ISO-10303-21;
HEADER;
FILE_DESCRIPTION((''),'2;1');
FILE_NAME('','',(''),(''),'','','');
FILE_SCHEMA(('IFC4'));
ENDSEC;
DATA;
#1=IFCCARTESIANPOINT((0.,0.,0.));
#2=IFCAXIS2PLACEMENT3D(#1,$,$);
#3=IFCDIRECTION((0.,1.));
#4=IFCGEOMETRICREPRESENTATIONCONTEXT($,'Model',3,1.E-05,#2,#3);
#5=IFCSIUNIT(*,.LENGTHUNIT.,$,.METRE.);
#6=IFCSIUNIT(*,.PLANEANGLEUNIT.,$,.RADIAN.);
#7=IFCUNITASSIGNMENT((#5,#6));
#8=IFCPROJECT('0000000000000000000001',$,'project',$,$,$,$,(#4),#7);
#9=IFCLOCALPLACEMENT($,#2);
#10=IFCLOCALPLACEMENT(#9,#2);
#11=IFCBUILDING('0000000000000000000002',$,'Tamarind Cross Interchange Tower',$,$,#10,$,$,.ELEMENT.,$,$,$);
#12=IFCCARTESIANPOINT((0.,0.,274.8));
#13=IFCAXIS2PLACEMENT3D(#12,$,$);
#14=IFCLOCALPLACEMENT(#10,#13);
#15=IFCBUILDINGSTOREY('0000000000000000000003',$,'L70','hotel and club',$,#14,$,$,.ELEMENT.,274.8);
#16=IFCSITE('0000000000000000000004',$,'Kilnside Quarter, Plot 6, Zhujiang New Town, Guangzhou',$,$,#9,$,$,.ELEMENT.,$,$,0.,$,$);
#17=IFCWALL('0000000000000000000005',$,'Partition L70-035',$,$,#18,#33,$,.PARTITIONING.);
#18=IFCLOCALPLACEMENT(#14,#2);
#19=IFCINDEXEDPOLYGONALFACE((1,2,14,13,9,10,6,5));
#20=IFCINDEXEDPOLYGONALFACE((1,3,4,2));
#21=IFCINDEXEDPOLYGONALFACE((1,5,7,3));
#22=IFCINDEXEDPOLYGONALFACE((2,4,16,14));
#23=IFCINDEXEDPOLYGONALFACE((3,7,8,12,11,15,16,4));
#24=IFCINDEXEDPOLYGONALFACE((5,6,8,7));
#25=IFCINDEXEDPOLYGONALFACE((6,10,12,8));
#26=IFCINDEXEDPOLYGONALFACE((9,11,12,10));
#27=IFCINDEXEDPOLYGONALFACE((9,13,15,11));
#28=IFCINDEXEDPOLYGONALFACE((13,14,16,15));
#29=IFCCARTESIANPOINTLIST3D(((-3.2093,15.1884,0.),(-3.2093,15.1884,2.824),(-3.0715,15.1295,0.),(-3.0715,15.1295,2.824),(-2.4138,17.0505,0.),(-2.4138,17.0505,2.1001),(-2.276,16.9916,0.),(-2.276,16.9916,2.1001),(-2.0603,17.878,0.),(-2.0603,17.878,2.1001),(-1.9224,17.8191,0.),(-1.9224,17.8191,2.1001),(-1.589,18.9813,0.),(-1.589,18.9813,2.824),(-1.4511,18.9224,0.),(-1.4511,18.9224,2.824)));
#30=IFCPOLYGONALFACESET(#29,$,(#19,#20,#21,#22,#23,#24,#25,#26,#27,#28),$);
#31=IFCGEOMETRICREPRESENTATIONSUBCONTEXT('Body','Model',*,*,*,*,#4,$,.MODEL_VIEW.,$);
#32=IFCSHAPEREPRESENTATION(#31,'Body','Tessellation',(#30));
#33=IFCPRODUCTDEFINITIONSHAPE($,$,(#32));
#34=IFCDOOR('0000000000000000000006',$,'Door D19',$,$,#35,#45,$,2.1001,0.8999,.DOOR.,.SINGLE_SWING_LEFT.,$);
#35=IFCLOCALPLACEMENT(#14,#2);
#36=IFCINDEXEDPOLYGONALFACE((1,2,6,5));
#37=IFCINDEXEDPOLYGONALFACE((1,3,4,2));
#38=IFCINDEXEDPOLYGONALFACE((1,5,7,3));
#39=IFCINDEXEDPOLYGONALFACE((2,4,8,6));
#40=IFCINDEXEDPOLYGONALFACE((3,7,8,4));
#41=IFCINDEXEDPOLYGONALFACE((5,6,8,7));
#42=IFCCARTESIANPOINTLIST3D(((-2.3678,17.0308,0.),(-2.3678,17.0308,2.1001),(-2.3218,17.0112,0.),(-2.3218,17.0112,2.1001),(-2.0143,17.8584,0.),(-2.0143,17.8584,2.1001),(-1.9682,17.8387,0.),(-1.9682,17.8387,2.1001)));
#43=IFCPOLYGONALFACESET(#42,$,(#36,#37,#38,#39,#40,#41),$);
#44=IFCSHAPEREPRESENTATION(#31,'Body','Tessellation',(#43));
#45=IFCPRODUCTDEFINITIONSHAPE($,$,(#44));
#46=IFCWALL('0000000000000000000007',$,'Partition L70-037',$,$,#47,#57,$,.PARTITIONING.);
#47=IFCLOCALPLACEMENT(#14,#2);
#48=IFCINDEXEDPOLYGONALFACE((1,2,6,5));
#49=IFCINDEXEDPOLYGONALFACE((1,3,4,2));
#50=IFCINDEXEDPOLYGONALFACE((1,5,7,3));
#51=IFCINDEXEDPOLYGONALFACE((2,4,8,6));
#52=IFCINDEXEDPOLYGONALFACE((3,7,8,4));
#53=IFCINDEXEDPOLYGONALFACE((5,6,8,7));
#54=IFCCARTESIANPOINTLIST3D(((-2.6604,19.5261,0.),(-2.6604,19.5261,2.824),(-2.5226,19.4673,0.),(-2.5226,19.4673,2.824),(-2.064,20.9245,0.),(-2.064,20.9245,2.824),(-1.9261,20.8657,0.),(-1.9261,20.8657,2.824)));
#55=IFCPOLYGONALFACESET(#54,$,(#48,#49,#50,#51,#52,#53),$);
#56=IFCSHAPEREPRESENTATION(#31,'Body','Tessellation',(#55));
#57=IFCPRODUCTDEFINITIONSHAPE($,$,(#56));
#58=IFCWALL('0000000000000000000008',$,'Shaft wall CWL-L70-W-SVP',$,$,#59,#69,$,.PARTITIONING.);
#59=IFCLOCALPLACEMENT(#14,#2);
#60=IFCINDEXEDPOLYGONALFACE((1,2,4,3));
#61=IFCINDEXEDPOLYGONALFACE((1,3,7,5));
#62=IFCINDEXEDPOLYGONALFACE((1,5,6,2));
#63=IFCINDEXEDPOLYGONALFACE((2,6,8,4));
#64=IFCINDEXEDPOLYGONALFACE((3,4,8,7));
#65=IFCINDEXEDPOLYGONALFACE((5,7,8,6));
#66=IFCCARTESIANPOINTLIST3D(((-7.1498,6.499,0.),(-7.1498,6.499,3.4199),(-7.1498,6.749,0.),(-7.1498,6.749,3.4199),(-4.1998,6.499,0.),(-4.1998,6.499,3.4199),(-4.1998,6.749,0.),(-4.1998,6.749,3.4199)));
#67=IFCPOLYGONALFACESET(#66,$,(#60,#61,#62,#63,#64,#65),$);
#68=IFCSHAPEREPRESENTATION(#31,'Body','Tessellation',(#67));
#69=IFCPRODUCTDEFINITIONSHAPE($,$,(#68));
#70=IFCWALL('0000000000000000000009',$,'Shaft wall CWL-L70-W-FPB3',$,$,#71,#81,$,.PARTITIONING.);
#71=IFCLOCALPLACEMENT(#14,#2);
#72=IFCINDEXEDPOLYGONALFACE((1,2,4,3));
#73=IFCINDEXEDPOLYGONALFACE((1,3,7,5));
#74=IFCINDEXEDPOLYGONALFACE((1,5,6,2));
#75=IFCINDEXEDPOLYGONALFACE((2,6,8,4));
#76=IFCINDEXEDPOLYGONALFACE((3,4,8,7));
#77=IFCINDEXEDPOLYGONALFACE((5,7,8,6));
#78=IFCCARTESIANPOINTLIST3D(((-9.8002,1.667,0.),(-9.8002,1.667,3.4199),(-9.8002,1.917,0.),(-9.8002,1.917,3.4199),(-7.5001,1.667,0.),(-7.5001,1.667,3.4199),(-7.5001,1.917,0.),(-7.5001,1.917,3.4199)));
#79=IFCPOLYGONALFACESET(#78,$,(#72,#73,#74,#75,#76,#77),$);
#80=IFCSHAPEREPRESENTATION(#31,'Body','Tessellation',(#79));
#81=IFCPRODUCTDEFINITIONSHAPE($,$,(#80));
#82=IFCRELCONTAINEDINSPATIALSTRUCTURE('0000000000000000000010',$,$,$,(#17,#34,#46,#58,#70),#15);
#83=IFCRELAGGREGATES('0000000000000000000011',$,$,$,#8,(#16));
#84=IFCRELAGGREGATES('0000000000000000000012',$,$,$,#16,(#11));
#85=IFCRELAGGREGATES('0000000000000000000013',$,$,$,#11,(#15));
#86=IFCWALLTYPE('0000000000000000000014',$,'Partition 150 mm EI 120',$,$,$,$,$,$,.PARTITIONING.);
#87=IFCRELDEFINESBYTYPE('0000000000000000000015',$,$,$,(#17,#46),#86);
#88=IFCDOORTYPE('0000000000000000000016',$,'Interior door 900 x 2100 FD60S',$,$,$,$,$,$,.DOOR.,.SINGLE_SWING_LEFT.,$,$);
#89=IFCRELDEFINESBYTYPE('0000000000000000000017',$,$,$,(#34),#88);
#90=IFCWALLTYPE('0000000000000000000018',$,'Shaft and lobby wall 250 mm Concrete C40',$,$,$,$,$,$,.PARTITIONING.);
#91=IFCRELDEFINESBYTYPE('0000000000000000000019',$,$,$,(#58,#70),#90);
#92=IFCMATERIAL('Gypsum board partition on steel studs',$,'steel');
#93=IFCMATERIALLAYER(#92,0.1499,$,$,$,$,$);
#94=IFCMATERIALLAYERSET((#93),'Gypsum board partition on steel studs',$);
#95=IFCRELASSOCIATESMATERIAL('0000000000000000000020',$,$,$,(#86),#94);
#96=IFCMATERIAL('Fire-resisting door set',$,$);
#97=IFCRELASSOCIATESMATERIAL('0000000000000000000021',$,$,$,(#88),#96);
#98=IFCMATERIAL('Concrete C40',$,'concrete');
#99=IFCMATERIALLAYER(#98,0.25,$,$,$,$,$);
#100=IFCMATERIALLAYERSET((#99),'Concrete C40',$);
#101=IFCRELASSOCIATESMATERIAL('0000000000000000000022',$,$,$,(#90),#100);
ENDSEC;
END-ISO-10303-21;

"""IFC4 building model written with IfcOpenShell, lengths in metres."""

from ifc_helpers import new_model, si_unit, direction, frame, frame_2d, origin, place, context, subcontext, project, spatial, rectangle, extrude, material, layer, layer_set, type_object, element, fill, save


model = new_model("IFC4")

# Units and contexts
model_context = context("Model", 3, precision=1e-05, world=origin(), true_north=direction((0.0, 1.0)))
body_context = subcontext(model_context, "Body", "Model", "MODEL_VIEW")
ifc_project = project(units=[si_unit("LENGTHUNIT", "METRE"), si_unit("PLANEANGLEUNIT", "RADIAN")], contexts=[model_context])

# Site, building, storey
site_placement = place(None, origin())
site = spatial("IfcSite", under=ifc_project, at=site_placement, Name="Kilnside Quarter, Plot 6, Zhujiang New Town, Guangzhou", CompositionType="ELEMENT", RefElevation=0.0)
building_placement = place(site_placement, origin())
building = spatial("IfcBuilding", under=site, at=building_placement, Name="Tamarind Cross Interchange Tower", CompositionType="ELEMENT")
storey_placement = place(building_placement, frame((0.0, 0.0, 274.8)))
storey = spatial("IfcBuildingStorey", under=building, at=storey_placement, Name="L70", Description="hotel and club", CompositionType="ELEMENT", Elevation=274.8)

# Shared definitions
ifc_material_1 = material(Name="Gypsum board partition on steel studs", Category="steel")
ifc_layer_1 = layer(ifc_material_1, 0.1499)
ifc_layer_set_1 = layer_set([ifc_layer_1], Name="Gypsum board partition on steel studs")
wall_type_1 = type_object("IfcWallType", Name="Partition 150 mm EI 120", PredefinedType="PARTITIONING", material=ifc_layer_set_1)
ifc_material_2 = material(Name="Fire-resisting door set")

# Wall, opening, door
wall_1_placement = place(storey_placement, frame((-3.1404, 15.1589, 0.0), z_axis=(0.0, 0.0, 1.0), x_axis=(0.392855, 0.919601, 0.0)))
wall_1 = element("IfcWall", 1, at=wall_1_placement, inside=storey, type_object=wall_type_1, Name="Partition L70-035", PredefinedType="PARTITIONING", context=body_context, shape_type="SweptSolid", body=[
    extrude(rectangle(XDim=4.1245, YDim=0.1499, at=frame_2d((2.0623, 0.0))), origin(), (0.0, 0.0, 1.0), 2.824),
])
opening_1_placement = place(wall_1_placement, frame((2.0249, 0.0, 0.0)))
opening_1 = element("IfcOpeningElement", 2, at=opening_1_placement, cuts=wall_1, PredefinedType="OPENING", context=body_context, shape_type="SweptSolid", body=[
    extrude(rectangle(XDim=0.8999, YDim=2.1001, at=frame_2d((0.45, 1.05))), frame((0.0, 0.085, 0.0), z_axis=(0.0, -1.0, 0.0), x_axis=(1.0, 0.0, 0.0)), (0.0, 0.0, 1.0), 0.1699),
])
door_type_1 = type_object("IfcDoorType", Name="Interior door 900 x 2100 FD60S", OperationType="SINGLE_SWING_LEFT", PredefinedType="DOOR", material=ifc_material_2)
door_1_placement = place(opening_1_placement, origin())
door_1 = element("IfcDoor", 3, at=door_1_placement, inside=storey, type_object=door_type_1, Name="Door D19", OperationType="SINGLE_SWING_LEFT", OverallHeight=2.1001, OverallWidth=0.8999, PredefinedType="DOOR", context=body_context, shape_type="SweptSolid", body=[
    extrude(rectangle(XDim=0.8999, YDim=2.1001, at=frame_2d((0.45, 1.05))), frame((0.0, 0.0249, 0.0), z_axis=(0.0, -1.0, 0.0), x_axis=(1.0, 0.0, 0.0)), (0.0, 0.0, 1.0), 0.05),
])
fill(opening_1, door_1)

# Walls
wall_2_placement = place(storey_placement, frame((-2.5916, 19.4966, 0.0), z_axis=(0.0, 0.0, 1.0), x_axis=(0.39231, 0.919833, 0.0)))
element("IfcWall", 4, at=wall_2_placement, inside=storey, type_object=wall_type_1, Name="Partition L70-037", PredefinedType="PARTITIONING", context=body_context, shape_type="SweptSolid", body=[
    extrude(rectangle(XDim=1.5203, YDim=0.1499, at=frame_2d((0.7603, 0.0))), origin(), (0.0, 0.0, 1.0), 2.824),
])
ifc_material_3 = material(Name="Concrete C40", Category="concrete")
ifc_layer_2 = layer(ifc_material_3, 0.25)
ifc_layer_set_2 = layer_set([ifc_layer_2], Name="Concrete C40")
wall_type_2 = type_object("IfcWallType", Name="Shaft and lobby wall 250 mm Concrete C40", PredefinedType="PARTITIONING", material=ifc_layer_set_2)
wall_3_placement = place(storey_placement, frame((-7.1499, 6.624, 0.0), z_axis=(0.0, 0.0, 1.0), x_axis=(1.0, 0.0, 0.0)))
element("IfcWall", 5, at=wall_3_placement, inside=storey, type_object=wall_type_2, Name="Shaft wall CWL-L70-W-SVP", PredefinedType="PARTITIONING", context=body_context, shape_type="SweptSolid", body=[
    extrude(rectangle(XDim=2.95, YDim=0.25, at=frame_2d((1.4751, 0.0))), origin(), (0.0, 0.0, 1.0), 3.4199),
])
wall_4_placement = place(storey_placement, frame((-9.8, 1.792, 0.0), z_axis=(0.0, 0.0, 1.0), x_axis=(1.0, 0.0, 0.0)))
element("IfcWall", 6, at=wall_4_placement, inside=storey, type_object=wall_type_2, Name="Shaft wall CWL-L70-W-FPB3", PredefinedType="PARTITIONING", context=body_context, shape_type="SweptSolid", body=[
    extrude(rectangle(XDim=2.3, YDim=0.25, at=frame_2d((1.1499, 0.0))), origin(), (0.0, 0.0, 1.0), 3.4199),
])

save(model, "model.ifc")
